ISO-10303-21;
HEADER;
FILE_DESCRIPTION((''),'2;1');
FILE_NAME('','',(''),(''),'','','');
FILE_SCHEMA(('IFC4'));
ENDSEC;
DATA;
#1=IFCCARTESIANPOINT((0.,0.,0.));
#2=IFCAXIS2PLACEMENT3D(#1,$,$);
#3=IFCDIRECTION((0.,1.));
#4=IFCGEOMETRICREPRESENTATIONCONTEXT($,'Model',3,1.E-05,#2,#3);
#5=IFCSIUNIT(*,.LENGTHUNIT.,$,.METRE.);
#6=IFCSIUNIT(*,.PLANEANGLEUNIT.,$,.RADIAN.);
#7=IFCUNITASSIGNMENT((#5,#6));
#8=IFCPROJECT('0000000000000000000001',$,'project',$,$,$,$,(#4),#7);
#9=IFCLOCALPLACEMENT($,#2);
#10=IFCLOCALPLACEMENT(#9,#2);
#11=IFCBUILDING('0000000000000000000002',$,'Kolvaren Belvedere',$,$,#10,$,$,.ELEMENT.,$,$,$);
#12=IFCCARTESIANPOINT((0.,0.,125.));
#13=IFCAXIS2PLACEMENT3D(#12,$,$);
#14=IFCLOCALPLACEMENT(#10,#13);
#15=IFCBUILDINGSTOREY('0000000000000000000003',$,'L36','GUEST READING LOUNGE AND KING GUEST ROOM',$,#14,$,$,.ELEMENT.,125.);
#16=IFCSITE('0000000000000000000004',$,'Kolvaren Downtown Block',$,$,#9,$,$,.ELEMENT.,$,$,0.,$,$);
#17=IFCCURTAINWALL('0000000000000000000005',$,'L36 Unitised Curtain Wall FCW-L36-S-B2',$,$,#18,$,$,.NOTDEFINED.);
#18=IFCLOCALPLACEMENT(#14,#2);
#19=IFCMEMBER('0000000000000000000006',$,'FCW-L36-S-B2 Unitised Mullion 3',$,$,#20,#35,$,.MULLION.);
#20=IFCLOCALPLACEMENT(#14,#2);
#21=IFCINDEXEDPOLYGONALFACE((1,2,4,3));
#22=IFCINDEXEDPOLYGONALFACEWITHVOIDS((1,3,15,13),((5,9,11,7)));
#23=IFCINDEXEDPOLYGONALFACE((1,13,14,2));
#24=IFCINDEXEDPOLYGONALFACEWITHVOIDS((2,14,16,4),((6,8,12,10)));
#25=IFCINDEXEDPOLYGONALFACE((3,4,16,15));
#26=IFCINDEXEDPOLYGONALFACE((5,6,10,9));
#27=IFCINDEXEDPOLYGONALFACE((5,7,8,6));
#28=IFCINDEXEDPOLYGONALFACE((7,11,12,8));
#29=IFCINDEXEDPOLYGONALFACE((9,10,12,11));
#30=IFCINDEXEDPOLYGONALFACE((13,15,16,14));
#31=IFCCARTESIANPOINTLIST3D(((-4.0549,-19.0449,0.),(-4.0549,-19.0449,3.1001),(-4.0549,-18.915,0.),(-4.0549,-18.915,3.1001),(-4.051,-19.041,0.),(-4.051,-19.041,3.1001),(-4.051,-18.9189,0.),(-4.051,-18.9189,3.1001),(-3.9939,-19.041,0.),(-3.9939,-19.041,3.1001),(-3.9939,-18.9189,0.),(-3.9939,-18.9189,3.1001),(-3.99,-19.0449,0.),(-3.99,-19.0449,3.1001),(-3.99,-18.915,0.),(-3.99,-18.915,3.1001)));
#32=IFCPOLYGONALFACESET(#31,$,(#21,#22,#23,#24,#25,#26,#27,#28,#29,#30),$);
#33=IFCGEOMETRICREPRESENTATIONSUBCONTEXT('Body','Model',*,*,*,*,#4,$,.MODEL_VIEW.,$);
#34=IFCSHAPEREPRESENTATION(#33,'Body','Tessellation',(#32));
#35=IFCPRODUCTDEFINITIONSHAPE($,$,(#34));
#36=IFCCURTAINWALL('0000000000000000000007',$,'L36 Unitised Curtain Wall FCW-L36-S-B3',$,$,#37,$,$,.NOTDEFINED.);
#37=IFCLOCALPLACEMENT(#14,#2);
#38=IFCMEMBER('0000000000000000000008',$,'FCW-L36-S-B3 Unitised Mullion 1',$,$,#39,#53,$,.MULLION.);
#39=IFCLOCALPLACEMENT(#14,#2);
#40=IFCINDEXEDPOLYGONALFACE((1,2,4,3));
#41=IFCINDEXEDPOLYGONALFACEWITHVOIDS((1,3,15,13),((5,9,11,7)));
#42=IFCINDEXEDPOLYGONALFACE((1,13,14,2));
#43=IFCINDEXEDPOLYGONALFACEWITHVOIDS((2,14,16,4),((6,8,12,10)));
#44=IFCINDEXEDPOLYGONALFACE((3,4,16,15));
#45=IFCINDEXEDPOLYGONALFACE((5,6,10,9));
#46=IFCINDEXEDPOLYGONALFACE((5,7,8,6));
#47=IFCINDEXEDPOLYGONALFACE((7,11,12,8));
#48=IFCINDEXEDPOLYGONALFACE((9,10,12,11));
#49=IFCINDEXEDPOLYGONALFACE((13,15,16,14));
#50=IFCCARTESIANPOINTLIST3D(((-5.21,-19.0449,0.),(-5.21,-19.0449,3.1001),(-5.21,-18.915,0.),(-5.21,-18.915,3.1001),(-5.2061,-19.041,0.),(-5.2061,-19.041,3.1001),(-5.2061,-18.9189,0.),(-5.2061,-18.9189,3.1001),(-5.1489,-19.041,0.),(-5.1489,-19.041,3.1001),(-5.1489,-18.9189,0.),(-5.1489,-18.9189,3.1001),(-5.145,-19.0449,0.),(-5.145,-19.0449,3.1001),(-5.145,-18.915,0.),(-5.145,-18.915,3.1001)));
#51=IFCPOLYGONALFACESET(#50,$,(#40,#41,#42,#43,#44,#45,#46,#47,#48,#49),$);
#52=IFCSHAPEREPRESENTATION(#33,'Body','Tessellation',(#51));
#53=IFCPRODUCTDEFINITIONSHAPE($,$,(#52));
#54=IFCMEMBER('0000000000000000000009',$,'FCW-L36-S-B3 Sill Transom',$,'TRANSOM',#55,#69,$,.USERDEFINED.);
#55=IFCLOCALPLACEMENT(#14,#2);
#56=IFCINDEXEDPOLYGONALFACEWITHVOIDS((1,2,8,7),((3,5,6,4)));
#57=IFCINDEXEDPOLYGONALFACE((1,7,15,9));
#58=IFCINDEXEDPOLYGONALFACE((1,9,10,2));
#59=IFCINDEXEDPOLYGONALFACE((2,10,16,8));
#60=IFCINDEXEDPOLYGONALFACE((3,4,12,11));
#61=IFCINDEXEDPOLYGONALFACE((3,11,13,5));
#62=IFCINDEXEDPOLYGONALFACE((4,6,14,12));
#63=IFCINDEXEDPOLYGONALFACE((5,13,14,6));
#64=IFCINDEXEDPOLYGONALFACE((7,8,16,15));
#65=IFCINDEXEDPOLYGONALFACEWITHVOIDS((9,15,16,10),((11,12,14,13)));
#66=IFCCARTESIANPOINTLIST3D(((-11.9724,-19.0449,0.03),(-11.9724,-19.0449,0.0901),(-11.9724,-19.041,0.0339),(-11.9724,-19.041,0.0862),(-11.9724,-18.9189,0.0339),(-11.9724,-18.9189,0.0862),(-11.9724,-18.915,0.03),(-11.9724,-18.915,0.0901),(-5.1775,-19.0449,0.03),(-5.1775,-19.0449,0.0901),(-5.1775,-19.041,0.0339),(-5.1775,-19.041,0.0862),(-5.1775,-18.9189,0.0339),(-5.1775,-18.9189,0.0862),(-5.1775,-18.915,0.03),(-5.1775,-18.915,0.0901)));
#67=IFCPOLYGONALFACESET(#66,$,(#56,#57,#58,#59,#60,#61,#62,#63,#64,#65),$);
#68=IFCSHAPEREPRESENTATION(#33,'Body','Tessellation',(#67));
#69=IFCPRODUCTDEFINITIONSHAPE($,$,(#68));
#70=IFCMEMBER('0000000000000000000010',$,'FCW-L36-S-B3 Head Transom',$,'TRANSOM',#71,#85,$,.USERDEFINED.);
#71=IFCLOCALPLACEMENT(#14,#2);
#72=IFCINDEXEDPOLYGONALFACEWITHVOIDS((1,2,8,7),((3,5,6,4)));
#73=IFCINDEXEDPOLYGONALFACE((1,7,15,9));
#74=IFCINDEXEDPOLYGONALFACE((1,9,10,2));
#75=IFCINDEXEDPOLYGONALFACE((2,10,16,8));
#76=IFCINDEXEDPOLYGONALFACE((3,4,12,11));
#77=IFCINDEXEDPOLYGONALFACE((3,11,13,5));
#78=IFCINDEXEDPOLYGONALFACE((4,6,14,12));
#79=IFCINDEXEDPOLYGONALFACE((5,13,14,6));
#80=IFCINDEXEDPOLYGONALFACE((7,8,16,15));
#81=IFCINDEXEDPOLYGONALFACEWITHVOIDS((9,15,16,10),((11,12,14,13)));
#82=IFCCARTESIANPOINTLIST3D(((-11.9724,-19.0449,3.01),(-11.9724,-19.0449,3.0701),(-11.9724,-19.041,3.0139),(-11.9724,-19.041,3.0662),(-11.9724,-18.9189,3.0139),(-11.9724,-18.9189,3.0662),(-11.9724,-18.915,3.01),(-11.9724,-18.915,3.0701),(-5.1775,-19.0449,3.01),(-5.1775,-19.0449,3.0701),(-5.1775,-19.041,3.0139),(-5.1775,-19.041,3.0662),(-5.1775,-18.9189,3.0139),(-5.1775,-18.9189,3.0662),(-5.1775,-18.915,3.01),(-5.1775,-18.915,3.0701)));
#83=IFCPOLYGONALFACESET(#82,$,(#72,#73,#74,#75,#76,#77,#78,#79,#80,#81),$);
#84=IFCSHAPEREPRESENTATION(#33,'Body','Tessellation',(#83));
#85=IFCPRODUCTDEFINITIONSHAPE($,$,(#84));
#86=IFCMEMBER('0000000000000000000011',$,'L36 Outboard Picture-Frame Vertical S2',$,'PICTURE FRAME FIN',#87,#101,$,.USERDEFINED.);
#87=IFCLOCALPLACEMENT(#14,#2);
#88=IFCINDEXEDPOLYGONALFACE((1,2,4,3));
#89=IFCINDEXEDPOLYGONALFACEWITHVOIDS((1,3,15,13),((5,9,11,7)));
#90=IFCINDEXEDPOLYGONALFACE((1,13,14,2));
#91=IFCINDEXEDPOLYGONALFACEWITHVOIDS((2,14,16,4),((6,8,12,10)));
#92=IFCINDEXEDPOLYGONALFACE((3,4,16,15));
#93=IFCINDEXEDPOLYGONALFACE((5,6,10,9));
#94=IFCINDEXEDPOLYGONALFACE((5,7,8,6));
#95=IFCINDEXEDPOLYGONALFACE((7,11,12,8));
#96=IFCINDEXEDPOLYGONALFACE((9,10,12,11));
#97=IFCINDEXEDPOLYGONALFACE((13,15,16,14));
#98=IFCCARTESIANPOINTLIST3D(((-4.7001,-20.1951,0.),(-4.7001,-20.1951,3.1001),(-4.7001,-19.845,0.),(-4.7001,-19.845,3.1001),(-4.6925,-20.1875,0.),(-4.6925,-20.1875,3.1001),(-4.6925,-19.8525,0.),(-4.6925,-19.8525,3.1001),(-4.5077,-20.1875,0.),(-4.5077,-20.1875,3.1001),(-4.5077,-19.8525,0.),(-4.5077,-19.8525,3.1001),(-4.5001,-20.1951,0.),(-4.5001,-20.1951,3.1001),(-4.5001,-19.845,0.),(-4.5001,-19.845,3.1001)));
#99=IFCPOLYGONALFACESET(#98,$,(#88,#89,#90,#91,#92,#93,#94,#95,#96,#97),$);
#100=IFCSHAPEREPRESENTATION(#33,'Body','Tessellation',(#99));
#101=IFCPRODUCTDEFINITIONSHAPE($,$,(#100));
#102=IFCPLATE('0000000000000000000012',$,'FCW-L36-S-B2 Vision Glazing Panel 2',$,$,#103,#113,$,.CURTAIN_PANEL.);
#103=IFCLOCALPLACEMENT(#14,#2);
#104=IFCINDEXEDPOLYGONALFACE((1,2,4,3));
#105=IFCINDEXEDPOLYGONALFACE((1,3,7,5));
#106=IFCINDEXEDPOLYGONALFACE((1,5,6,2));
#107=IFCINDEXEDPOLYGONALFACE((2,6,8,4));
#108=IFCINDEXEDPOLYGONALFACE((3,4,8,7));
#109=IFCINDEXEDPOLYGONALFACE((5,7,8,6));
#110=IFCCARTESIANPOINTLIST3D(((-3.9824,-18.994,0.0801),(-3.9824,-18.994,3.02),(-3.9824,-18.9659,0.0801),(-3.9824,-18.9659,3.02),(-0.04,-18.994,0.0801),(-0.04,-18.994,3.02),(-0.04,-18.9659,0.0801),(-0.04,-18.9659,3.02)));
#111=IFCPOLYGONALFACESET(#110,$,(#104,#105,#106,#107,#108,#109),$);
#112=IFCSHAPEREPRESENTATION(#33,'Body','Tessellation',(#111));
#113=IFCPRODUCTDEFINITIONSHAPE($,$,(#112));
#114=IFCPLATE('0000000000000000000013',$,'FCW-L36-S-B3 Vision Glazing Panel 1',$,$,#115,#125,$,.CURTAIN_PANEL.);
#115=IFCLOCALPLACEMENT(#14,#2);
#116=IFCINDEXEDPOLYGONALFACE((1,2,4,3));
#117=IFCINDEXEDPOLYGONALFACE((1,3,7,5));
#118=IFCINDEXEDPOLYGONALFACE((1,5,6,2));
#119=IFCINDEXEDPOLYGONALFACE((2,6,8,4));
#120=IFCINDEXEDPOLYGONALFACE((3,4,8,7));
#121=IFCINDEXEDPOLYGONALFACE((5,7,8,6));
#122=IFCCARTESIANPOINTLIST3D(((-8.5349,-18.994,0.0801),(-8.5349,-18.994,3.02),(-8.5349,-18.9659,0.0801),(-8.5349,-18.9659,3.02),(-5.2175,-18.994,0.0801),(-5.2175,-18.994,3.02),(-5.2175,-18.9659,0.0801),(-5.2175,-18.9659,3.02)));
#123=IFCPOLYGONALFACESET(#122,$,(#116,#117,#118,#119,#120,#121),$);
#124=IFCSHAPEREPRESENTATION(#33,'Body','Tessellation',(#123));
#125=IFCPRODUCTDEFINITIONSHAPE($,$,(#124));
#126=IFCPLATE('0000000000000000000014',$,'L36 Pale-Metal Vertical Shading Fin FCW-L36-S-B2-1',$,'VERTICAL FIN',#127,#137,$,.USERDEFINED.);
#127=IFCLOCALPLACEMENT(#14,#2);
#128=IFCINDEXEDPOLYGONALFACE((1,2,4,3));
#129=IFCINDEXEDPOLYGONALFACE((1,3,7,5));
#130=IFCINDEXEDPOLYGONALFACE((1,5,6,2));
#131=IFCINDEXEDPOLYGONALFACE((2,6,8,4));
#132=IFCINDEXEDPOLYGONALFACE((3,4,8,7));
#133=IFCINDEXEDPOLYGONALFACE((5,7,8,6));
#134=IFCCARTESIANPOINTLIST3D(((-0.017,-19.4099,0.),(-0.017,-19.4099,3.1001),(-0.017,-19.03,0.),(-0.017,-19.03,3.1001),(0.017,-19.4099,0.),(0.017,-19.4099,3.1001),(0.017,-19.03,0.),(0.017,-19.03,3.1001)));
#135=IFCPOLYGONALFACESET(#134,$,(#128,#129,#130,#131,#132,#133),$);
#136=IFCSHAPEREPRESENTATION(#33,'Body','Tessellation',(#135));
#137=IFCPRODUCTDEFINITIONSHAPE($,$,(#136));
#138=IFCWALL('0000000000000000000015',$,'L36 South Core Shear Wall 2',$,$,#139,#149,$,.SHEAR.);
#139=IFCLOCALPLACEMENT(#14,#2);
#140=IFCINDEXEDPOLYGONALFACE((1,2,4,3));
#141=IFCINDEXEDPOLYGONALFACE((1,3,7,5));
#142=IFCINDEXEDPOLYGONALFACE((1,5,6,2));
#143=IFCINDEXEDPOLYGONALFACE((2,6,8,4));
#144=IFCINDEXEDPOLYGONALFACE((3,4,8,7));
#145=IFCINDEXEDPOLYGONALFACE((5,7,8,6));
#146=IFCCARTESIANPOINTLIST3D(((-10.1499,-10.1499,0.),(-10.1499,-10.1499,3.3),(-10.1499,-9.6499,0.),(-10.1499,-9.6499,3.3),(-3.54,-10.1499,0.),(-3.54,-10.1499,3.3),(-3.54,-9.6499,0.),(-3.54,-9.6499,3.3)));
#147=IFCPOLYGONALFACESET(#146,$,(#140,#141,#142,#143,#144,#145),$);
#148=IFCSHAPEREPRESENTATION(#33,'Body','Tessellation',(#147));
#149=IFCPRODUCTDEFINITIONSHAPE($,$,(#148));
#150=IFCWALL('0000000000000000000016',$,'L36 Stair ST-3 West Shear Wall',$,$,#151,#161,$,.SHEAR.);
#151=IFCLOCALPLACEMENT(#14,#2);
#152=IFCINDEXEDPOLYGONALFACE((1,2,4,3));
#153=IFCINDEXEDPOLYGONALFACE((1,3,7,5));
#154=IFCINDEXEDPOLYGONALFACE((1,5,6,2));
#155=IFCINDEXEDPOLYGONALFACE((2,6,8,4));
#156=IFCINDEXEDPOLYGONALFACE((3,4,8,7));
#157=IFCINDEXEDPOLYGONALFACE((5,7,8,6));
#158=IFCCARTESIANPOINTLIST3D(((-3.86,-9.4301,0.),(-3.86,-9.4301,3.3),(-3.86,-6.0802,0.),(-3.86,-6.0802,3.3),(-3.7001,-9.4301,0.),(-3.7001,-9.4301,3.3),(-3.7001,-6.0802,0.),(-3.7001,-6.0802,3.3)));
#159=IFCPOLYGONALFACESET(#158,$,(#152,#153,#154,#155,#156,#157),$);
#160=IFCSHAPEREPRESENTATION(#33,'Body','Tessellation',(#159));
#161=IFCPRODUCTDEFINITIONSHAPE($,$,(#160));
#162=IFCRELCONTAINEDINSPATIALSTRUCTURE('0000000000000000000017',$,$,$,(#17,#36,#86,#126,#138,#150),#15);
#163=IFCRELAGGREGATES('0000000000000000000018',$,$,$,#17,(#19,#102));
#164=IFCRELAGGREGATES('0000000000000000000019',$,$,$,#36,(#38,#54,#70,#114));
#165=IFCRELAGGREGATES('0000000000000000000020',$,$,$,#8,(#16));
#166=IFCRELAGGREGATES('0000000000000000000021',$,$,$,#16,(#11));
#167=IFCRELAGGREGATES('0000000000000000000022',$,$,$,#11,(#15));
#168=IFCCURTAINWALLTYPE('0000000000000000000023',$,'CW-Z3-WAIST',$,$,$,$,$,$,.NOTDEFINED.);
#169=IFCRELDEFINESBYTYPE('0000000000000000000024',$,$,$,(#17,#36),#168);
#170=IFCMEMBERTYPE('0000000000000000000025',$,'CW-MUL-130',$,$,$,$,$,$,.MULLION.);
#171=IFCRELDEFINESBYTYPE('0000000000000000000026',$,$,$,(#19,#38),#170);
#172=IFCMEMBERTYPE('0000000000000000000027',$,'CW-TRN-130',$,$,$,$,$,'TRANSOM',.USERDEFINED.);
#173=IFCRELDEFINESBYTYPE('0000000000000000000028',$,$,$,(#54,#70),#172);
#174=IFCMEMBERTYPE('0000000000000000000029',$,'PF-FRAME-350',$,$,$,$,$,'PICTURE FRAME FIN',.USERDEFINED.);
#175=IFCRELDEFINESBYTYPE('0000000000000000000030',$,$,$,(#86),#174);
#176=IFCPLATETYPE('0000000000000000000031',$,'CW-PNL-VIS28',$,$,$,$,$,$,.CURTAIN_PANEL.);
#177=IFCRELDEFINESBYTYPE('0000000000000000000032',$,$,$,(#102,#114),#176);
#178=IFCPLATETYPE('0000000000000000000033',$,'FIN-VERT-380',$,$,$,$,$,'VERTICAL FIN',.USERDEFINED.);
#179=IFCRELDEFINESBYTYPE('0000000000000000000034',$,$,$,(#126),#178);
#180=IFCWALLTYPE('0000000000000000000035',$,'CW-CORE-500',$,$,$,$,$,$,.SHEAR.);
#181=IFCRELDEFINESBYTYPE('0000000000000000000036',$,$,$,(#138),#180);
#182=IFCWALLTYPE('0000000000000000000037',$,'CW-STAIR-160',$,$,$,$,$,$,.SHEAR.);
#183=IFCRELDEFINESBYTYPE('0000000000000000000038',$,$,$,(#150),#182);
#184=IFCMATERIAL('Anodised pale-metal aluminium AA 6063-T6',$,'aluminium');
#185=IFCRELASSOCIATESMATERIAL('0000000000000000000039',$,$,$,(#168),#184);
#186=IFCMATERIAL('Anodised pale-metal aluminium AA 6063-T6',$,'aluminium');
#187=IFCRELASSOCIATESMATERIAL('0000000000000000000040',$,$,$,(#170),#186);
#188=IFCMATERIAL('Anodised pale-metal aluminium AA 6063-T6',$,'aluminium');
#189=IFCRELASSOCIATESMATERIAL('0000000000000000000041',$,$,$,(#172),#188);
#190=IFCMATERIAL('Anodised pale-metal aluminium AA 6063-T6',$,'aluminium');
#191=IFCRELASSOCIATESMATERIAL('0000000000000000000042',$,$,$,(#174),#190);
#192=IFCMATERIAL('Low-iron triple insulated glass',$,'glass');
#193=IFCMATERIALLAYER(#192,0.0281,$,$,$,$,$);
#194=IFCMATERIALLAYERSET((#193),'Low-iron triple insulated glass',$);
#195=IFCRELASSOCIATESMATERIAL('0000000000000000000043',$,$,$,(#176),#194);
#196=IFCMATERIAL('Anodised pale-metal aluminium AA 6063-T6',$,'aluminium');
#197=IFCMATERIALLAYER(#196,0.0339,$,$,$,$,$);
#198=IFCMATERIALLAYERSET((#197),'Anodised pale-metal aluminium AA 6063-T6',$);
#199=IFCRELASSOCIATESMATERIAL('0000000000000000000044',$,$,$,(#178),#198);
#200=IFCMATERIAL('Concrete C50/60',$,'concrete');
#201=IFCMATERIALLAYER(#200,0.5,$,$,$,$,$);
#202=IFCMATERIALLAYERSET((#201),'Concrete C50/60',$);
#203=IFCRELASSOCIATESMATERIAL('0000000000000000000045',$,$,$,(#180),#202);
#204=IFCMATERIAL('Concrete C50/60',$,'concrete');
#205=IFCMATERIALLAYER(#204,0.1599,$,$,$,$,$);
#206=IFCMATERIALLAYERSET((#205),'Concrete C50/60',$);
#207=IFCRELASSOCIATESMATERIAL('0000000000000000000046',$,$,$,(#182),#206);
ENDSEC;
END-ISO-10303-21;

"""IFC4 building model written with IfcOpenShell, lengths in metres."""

from ifc_helpers import new_model, si_unit, direction, frame, frame_2d, origin, origin_2d, place, context, subcontext, project, spatial, rectangle, hollow_rectangle, extrude, material, layer, layer_set, material_profile, profile_set, type_object, element, aggregate, save


model = new_model("IFC4")

# Units and contexts
model_context = context("Model", 3, precision=1e-05, world=origin(), true_north=direction((0.0, 1.0)))
body_context = subcontext(model_context, "Body", "Model", "MODEL_VIEW")
ifc_project = project(units=[si_unit("LENGTHUNIT", "METRE"), si_unit("PLANEANGLEUNIT", "RADIAN")], contexts=[model_context])

# Site, building, storey
site_placement = place(None, origin())
site = spatial("IfcSite", under=ifc_project, at=site_placement, Name="Kolvaren Downtown Block", CompositionType="ELEMENT", RefElevation=0.0)
building_placement = place(site_placement, origin())
building = spatial("IfcBuilding", under=site, at=building_placement, Name="Kolvaren Belvedere", CompositionType="ELEMENT")
storey_placement = place(building_placement, frame((0.0, 0.0, 125.0)))
storey = spatial("IfcBuildingStorey", under=building, at=storey_placement, Name="L36", Description="GUEST READING LOUNGE AND KING GUEST ROOM", CompositionType="ELEMENT", Elevation=125.0)

# Curtain walls, members
ifc_material_1 = material(Name="Anodised pale-metal aluminium AA 6063-T6", Category="aluminium")
curtain_wall_type = type_object("IfcCurtainWallType", Name="CW-Z3-WAIST", PredefinedType="NOTDEFINED", material=ifc_material_1)
curtain_wall_1_placement = place(storey_placement, origin())
curtain_wall_1 = element("IfcCurtainWall", 1, at=curtain_wall_1_placement, inside=storey, type_object=curtain_wall_type, Name="L36 Unitised Curtain Wall FCW-L36-S-B2", PredefinedType="NOTDEFINED")
ifc_material_2 = material(Name="Anodised pale-metal aluminium AA 6063-T6", Category="aluminium")
ifc_material_profile_1 = material_profile(ifc_material_2, hollow_rectangle(XDim=0.0649, YDim=0.1299, WallThickness=0.0039, at=origin_2d()), Name="ALU-MUL-130X65")
ifc_profile_set_1 = profile_set([ifc_material_profile_1], Name="Anodised pale-metal aluminium AA 6063-T6")
member_type_1 = type_object("IfcMemberType", Name="CW-MUL-130", PredefinedType="MULLION", material=ifc_profile_set_1)
member_1_placement = place(storey_placement, frame((-4.0225, -18.98, 0.0), z_axis=(0.0, 0.0, 1.0), x_axis=(1.0, 0.0, 0.0)))
member_1 = element("IfcMember", 2, at=member_1_placement, type_object=member_type_1, Name="FCW-L36-S-B2 Unitised Mullion 3", PredefinedType="MULLION", context=body_context, shape_type="SweptSolid", body=[
    extrude(hollow_rectangle(XDim=0.0649, YDim=0.1299, WallThickness=0.0039, at=origin_2d()), origin(), (0.0, 0.0, 1.0), 3.1001),
])
curtain_wall_2_placement = place(storey_placement, origin())
curtain_wall_2 = element("IfcCurtainWall", 3, at=curtain_wall_2_placement, inside=storey, type_object=curtain_wall_type, Name="L36 Unitised Curtain Wall FCW-L36-S-B3", PredefinedType="NOTDEFINED")
member_2_placement = place(storey_placement, frame((-5.1775, -18.98, 0.0), z_axis=(0.0, 0.0, 1.0), x_axis=(1.0, 0.0, 0.0)))
member_2 = element("IfcMember", 4, at=member_2_placement, type_object=member_type_1, Name="FCW-L36-S-B3 Unitised Mullion 1", PredefinedType="MULLION", context=body_context, shape_type="SweptSolid", body=[
    extrude(hollow_rectangle(XDim=0.0649, YDim=0.1299, WallThickness=0.0039, at=origin_2d()), origin(), (0.0, 0.0, 1.0), 3.1001),
])
ifc_material_3 = material(Name="Anodised pale-metal aluminium AA 6063-T6", Category="aluminium")
ifc_material_profile_2 = material_profile(ifc_material_3, hollow_rectangle(XDim=0.0601, YDim=0.1299, WallThickness=0.0039, at=origin_2d()), Name="ALU-TRN-130X60")
ifc_profile_set_2 = profile_set([ifc_material_profile_2], Name="Anodised pale-metal aluminium AA 6063-T6")
member_type_2 = type_object("IfcMemberType", Name="CW-TRN-130", ElementType="TRANSOM", PredefinedType="USERDEFINED", material=ifc_profile_set_2)
member_3_placement = place(storey_placement, frame((-5.1775, -18.98, 0.0601), z_axis=(-1.0, 0.0, 0.0), x_axis=(0.0, 0.0, 1.0)))
member_3 = element("IfcMember", 5, at=member_3_placement, type_object=member_type_2, Name="FCW-L36-S-B3 Sill Transom", ObjectType="TRANSOM", PredefinedType="USERDEFINED", context=body_context, shape_type="SweptSolid", body=[
    extrude(hollow_rectangle(XDim=0.0601, YDim=0.1299, WallThickness=0.0039, at=origin_2d()), origin(), (0.0, 0.0, 1.0), 6.7949),
])
member_4_placement = place(storey_placement, frame((-5.1775, -18.98, 3.04), z_axis=(-1.0, 0.0, 0.0), x_axis=(0.0, 0.0, 1.0)))
member_4 = element("IfcMember", 6, at=member_4_placement, type_object=member_type_2, Name="FCW-L36-S-B3 Head Transom", ObjectType="TRANSOM", PredefinedType="USERDEFINED", context=body_context, shape_type="SweptSolid", body=[
    extrude(hollow_rectangle(XDim=0.0601, YDim=0.1299, WallThickness=0.0039, at=origin_2d()), origin(), (0.0, 0.0, 1.0), 6.7949),
])

# Member
ifc_material_4 = material(Name="Anodised pale-metal aluminium AA 6063-T6", Category="aluminium")
ifc_material_profile_3 = material_profile(ifc_material_4, hollow_rectangle(XDim=0.2, YDim=0.3501, WallThickness=0.0076, at=origin_2d()), Name="ALU-PF-350X200")
ifc_profile_set_3 = profile_set([ifc_material_profile_3], Name="Anodised pale-metal aluminium AA 6063-T6")
member_type_3 = type_object("IfcMemberType", Name="PF-FRAME-350", ElementType="PICTURE FRAME FIN", PredefinedType="USERDEFINED", material=ifc_profile_set_3)
member_5_placement = place(storey_placement, frame((-4.6001, -20.02, 0.0), z_axis=(0.0, 0.0, 1.0), x_axis=(1.0, 0.0, 0.0)))
element("IfcMember", 7, at=member_5_placement, inside=storey, type_object=member_type_3, Name="L36 Outboard Picture-Frame Vertical S2", ObjectType="PICTURE FRAME FIN", PredefinedType="USERDEFINED", context=body_context, shape_type="SweptSolid", body=[
    extrude(hollow_rectangle(XDim=0.2, YDim=0.3501, WallThickness=0.0076, at=origin_2d()), origin(), (0.0, 0.0, 1.0), 3.1001),
])

# Plates
ifc_material_5 = material(Name="Low-iron triple insulated glass", Category="glass")
ifc_layer_1 = layer(ifc_material_5, 0.0281)
ifc_layer_set_1 = layer_set([ifc_layer_1], Name="Low-iron triple insulated glass")
plate_type_1 = type_object("IfcPlateType", Name="CW-PNL-VIS28", PredefinedType="CURTAIN_PANEL", material=ifc_layer_set_1)
plate_1_placement = place(storey_placement, frame((-2.0112, -18.98, 0.0801), z_axis=(0.0, 0.0, 1.0), x_axis=(-1.0, 0.0, 0.0)))
plate_1 = element("IfcPlate", 8, at=plate_1_placement, type_object=plate_type_1, Name="FCW-L36-S-B2 Vision Glazing Panel 2", PredefinedType="CURTAIN_PANEL", context=body_context, shape_type="SweptSolid", body=[
    extrude(rectangle(XDim=3.9424, YDim=0.0281, at=origin_2d()), origin(), (0.0, 0.0, 1.0), 2.9399),
])
aggregate(curtain_wall_1, [member_1, plate_1])
plate_2_placement = place(storey_placement, frame((-6.8762, -18.98, 0.0801), z_axis=(0.0, 0.0, 1.0), x_axis=(-1.0, 0.0, 0.0)))
plate_2 = element("IfcPlate", 9, at=plate_2_placement, type_object=plate_type_1, Name="FCW-L36-S-B3 Vision Glazing Panel 1", PredefinedType="CURTAIN_PANEL", context=body_context, shape_type="SweptSolid", body=[
    extrude(rectangle(XDim=3.3174, YDim=0.0281, at=origin_2d()), origin(), (0.0, 0.0, 1.0), 2.9399),
])
aggregate(curtain_wall_2, [member_2, member_3, member_4, plate_2])
ifc_material_6 = material(Name="Anodised pale-metal aluminium AA 6063-T6", Category="aluminium")
ifc_layer_2 = layer(ifc_material_6, 0.0339)
ifc_layer_set_2 = layer_set([ifc_layer_2], Name="Anodised pale-metal aluminium AA 6063-T6")
plate_type_2 = type_object("IfcPlateType", Name="FIN-VERT-380", ElementType="VERTICAL FIN", PredefinedType="USERDEFINED", material=ifc_layer_set_2)
plate_3_placement = place(storey_placement, frame((0.0, -19.22, 0.0), z_axis=(0.0, 0.0, 1.0), x_axis=(0.0, 1.0, 0.0)))
element("IfcPlate", 10, at=plate_3_placement, inside=storey, type_object=plate_type_2, Name="L36 Pale-Metal Vertical Shading Fin FCW-L36-S-B2-1", ObjectType="VERTICAL FIN", PredefinedType="USERDEFINED", context=body_context, shape_type="SweptSolid", body=[
    extrude(rectangle(XDim=0.3799, YDim=0.0339, at=origin_2d()), origin(), (0.0, 0.0, 1.0), 3.1001),
])

# Walls
ifc_material_7 = material(Name="Concrete C50/60", Category="concrete")
ifc_layer_3 = layer(ifc_material_7, 0.5)
ifc_layer_set_3 = layer_set([ifc_layer_3], Name="Concrete C50/60")
wall_type_1 = type_object("IfcWallType", Name="CW-CORE-500", PredefinedType="SHEAR", material=ifc_layer_set_3)
wall_1_placement = place(storey_placement, frame((-3.54, -9.8999, 0.0), z_axis=(0.0, 0.0, 1.0), x_axis=(-1.0, 0.0, 0.0)))
element("IfcWall", 11, at=wall_1_placement, inside=storey, type_object=wall_type_1, Name="L36 South Core Shear Wall 2", PredefinedType="SHEAR", context=body_context, shape_type="SweptSolid", body=[
    extrude(rectangle(XDim=6.6099, YDim=0.5, at=frame_2d((3.3049, 0.0))), origin(), (0.0, 0.0, 1.0), 3.3),
])
ifc_material_8 = material(Name="Concrete C50/60", Category="concrete")
ifc_layer_4 = layer(ifc_material_8, 0.1599)
ifc_layer_set_4 = layer_set([ifc_layer_4], Name="Concrete C50/60")
wall_type_2 = type_object("IfcWallType", Name="CW-STAIR-160", PredefinedType="SHEAR", material=ifc_layer_set_4)
wall_2_placement = place(storey_placement, frame((-3.78, -9.4299, 0.0), z_axis=(0.0, 0.0, 1.0), x_axis=(0.0, 1.0, 0.0)))
element("IfcWall", 12, at=wall_2_placement, inside=storey, type_object=wall_type_2, Name="L36 Stair ST-3 West Shear Wall", PredefinedType="SHEAR", context=body_context, shape_type="SweptSolid", body=[
    extrude(rectangle(XDim=3.3499, YDim=0.1599, at=frame_2d((1.6748, 0.0))), origin(), (0.0, 0.0, 1.0), 3.3),
])

save(model, "model.ifc")
